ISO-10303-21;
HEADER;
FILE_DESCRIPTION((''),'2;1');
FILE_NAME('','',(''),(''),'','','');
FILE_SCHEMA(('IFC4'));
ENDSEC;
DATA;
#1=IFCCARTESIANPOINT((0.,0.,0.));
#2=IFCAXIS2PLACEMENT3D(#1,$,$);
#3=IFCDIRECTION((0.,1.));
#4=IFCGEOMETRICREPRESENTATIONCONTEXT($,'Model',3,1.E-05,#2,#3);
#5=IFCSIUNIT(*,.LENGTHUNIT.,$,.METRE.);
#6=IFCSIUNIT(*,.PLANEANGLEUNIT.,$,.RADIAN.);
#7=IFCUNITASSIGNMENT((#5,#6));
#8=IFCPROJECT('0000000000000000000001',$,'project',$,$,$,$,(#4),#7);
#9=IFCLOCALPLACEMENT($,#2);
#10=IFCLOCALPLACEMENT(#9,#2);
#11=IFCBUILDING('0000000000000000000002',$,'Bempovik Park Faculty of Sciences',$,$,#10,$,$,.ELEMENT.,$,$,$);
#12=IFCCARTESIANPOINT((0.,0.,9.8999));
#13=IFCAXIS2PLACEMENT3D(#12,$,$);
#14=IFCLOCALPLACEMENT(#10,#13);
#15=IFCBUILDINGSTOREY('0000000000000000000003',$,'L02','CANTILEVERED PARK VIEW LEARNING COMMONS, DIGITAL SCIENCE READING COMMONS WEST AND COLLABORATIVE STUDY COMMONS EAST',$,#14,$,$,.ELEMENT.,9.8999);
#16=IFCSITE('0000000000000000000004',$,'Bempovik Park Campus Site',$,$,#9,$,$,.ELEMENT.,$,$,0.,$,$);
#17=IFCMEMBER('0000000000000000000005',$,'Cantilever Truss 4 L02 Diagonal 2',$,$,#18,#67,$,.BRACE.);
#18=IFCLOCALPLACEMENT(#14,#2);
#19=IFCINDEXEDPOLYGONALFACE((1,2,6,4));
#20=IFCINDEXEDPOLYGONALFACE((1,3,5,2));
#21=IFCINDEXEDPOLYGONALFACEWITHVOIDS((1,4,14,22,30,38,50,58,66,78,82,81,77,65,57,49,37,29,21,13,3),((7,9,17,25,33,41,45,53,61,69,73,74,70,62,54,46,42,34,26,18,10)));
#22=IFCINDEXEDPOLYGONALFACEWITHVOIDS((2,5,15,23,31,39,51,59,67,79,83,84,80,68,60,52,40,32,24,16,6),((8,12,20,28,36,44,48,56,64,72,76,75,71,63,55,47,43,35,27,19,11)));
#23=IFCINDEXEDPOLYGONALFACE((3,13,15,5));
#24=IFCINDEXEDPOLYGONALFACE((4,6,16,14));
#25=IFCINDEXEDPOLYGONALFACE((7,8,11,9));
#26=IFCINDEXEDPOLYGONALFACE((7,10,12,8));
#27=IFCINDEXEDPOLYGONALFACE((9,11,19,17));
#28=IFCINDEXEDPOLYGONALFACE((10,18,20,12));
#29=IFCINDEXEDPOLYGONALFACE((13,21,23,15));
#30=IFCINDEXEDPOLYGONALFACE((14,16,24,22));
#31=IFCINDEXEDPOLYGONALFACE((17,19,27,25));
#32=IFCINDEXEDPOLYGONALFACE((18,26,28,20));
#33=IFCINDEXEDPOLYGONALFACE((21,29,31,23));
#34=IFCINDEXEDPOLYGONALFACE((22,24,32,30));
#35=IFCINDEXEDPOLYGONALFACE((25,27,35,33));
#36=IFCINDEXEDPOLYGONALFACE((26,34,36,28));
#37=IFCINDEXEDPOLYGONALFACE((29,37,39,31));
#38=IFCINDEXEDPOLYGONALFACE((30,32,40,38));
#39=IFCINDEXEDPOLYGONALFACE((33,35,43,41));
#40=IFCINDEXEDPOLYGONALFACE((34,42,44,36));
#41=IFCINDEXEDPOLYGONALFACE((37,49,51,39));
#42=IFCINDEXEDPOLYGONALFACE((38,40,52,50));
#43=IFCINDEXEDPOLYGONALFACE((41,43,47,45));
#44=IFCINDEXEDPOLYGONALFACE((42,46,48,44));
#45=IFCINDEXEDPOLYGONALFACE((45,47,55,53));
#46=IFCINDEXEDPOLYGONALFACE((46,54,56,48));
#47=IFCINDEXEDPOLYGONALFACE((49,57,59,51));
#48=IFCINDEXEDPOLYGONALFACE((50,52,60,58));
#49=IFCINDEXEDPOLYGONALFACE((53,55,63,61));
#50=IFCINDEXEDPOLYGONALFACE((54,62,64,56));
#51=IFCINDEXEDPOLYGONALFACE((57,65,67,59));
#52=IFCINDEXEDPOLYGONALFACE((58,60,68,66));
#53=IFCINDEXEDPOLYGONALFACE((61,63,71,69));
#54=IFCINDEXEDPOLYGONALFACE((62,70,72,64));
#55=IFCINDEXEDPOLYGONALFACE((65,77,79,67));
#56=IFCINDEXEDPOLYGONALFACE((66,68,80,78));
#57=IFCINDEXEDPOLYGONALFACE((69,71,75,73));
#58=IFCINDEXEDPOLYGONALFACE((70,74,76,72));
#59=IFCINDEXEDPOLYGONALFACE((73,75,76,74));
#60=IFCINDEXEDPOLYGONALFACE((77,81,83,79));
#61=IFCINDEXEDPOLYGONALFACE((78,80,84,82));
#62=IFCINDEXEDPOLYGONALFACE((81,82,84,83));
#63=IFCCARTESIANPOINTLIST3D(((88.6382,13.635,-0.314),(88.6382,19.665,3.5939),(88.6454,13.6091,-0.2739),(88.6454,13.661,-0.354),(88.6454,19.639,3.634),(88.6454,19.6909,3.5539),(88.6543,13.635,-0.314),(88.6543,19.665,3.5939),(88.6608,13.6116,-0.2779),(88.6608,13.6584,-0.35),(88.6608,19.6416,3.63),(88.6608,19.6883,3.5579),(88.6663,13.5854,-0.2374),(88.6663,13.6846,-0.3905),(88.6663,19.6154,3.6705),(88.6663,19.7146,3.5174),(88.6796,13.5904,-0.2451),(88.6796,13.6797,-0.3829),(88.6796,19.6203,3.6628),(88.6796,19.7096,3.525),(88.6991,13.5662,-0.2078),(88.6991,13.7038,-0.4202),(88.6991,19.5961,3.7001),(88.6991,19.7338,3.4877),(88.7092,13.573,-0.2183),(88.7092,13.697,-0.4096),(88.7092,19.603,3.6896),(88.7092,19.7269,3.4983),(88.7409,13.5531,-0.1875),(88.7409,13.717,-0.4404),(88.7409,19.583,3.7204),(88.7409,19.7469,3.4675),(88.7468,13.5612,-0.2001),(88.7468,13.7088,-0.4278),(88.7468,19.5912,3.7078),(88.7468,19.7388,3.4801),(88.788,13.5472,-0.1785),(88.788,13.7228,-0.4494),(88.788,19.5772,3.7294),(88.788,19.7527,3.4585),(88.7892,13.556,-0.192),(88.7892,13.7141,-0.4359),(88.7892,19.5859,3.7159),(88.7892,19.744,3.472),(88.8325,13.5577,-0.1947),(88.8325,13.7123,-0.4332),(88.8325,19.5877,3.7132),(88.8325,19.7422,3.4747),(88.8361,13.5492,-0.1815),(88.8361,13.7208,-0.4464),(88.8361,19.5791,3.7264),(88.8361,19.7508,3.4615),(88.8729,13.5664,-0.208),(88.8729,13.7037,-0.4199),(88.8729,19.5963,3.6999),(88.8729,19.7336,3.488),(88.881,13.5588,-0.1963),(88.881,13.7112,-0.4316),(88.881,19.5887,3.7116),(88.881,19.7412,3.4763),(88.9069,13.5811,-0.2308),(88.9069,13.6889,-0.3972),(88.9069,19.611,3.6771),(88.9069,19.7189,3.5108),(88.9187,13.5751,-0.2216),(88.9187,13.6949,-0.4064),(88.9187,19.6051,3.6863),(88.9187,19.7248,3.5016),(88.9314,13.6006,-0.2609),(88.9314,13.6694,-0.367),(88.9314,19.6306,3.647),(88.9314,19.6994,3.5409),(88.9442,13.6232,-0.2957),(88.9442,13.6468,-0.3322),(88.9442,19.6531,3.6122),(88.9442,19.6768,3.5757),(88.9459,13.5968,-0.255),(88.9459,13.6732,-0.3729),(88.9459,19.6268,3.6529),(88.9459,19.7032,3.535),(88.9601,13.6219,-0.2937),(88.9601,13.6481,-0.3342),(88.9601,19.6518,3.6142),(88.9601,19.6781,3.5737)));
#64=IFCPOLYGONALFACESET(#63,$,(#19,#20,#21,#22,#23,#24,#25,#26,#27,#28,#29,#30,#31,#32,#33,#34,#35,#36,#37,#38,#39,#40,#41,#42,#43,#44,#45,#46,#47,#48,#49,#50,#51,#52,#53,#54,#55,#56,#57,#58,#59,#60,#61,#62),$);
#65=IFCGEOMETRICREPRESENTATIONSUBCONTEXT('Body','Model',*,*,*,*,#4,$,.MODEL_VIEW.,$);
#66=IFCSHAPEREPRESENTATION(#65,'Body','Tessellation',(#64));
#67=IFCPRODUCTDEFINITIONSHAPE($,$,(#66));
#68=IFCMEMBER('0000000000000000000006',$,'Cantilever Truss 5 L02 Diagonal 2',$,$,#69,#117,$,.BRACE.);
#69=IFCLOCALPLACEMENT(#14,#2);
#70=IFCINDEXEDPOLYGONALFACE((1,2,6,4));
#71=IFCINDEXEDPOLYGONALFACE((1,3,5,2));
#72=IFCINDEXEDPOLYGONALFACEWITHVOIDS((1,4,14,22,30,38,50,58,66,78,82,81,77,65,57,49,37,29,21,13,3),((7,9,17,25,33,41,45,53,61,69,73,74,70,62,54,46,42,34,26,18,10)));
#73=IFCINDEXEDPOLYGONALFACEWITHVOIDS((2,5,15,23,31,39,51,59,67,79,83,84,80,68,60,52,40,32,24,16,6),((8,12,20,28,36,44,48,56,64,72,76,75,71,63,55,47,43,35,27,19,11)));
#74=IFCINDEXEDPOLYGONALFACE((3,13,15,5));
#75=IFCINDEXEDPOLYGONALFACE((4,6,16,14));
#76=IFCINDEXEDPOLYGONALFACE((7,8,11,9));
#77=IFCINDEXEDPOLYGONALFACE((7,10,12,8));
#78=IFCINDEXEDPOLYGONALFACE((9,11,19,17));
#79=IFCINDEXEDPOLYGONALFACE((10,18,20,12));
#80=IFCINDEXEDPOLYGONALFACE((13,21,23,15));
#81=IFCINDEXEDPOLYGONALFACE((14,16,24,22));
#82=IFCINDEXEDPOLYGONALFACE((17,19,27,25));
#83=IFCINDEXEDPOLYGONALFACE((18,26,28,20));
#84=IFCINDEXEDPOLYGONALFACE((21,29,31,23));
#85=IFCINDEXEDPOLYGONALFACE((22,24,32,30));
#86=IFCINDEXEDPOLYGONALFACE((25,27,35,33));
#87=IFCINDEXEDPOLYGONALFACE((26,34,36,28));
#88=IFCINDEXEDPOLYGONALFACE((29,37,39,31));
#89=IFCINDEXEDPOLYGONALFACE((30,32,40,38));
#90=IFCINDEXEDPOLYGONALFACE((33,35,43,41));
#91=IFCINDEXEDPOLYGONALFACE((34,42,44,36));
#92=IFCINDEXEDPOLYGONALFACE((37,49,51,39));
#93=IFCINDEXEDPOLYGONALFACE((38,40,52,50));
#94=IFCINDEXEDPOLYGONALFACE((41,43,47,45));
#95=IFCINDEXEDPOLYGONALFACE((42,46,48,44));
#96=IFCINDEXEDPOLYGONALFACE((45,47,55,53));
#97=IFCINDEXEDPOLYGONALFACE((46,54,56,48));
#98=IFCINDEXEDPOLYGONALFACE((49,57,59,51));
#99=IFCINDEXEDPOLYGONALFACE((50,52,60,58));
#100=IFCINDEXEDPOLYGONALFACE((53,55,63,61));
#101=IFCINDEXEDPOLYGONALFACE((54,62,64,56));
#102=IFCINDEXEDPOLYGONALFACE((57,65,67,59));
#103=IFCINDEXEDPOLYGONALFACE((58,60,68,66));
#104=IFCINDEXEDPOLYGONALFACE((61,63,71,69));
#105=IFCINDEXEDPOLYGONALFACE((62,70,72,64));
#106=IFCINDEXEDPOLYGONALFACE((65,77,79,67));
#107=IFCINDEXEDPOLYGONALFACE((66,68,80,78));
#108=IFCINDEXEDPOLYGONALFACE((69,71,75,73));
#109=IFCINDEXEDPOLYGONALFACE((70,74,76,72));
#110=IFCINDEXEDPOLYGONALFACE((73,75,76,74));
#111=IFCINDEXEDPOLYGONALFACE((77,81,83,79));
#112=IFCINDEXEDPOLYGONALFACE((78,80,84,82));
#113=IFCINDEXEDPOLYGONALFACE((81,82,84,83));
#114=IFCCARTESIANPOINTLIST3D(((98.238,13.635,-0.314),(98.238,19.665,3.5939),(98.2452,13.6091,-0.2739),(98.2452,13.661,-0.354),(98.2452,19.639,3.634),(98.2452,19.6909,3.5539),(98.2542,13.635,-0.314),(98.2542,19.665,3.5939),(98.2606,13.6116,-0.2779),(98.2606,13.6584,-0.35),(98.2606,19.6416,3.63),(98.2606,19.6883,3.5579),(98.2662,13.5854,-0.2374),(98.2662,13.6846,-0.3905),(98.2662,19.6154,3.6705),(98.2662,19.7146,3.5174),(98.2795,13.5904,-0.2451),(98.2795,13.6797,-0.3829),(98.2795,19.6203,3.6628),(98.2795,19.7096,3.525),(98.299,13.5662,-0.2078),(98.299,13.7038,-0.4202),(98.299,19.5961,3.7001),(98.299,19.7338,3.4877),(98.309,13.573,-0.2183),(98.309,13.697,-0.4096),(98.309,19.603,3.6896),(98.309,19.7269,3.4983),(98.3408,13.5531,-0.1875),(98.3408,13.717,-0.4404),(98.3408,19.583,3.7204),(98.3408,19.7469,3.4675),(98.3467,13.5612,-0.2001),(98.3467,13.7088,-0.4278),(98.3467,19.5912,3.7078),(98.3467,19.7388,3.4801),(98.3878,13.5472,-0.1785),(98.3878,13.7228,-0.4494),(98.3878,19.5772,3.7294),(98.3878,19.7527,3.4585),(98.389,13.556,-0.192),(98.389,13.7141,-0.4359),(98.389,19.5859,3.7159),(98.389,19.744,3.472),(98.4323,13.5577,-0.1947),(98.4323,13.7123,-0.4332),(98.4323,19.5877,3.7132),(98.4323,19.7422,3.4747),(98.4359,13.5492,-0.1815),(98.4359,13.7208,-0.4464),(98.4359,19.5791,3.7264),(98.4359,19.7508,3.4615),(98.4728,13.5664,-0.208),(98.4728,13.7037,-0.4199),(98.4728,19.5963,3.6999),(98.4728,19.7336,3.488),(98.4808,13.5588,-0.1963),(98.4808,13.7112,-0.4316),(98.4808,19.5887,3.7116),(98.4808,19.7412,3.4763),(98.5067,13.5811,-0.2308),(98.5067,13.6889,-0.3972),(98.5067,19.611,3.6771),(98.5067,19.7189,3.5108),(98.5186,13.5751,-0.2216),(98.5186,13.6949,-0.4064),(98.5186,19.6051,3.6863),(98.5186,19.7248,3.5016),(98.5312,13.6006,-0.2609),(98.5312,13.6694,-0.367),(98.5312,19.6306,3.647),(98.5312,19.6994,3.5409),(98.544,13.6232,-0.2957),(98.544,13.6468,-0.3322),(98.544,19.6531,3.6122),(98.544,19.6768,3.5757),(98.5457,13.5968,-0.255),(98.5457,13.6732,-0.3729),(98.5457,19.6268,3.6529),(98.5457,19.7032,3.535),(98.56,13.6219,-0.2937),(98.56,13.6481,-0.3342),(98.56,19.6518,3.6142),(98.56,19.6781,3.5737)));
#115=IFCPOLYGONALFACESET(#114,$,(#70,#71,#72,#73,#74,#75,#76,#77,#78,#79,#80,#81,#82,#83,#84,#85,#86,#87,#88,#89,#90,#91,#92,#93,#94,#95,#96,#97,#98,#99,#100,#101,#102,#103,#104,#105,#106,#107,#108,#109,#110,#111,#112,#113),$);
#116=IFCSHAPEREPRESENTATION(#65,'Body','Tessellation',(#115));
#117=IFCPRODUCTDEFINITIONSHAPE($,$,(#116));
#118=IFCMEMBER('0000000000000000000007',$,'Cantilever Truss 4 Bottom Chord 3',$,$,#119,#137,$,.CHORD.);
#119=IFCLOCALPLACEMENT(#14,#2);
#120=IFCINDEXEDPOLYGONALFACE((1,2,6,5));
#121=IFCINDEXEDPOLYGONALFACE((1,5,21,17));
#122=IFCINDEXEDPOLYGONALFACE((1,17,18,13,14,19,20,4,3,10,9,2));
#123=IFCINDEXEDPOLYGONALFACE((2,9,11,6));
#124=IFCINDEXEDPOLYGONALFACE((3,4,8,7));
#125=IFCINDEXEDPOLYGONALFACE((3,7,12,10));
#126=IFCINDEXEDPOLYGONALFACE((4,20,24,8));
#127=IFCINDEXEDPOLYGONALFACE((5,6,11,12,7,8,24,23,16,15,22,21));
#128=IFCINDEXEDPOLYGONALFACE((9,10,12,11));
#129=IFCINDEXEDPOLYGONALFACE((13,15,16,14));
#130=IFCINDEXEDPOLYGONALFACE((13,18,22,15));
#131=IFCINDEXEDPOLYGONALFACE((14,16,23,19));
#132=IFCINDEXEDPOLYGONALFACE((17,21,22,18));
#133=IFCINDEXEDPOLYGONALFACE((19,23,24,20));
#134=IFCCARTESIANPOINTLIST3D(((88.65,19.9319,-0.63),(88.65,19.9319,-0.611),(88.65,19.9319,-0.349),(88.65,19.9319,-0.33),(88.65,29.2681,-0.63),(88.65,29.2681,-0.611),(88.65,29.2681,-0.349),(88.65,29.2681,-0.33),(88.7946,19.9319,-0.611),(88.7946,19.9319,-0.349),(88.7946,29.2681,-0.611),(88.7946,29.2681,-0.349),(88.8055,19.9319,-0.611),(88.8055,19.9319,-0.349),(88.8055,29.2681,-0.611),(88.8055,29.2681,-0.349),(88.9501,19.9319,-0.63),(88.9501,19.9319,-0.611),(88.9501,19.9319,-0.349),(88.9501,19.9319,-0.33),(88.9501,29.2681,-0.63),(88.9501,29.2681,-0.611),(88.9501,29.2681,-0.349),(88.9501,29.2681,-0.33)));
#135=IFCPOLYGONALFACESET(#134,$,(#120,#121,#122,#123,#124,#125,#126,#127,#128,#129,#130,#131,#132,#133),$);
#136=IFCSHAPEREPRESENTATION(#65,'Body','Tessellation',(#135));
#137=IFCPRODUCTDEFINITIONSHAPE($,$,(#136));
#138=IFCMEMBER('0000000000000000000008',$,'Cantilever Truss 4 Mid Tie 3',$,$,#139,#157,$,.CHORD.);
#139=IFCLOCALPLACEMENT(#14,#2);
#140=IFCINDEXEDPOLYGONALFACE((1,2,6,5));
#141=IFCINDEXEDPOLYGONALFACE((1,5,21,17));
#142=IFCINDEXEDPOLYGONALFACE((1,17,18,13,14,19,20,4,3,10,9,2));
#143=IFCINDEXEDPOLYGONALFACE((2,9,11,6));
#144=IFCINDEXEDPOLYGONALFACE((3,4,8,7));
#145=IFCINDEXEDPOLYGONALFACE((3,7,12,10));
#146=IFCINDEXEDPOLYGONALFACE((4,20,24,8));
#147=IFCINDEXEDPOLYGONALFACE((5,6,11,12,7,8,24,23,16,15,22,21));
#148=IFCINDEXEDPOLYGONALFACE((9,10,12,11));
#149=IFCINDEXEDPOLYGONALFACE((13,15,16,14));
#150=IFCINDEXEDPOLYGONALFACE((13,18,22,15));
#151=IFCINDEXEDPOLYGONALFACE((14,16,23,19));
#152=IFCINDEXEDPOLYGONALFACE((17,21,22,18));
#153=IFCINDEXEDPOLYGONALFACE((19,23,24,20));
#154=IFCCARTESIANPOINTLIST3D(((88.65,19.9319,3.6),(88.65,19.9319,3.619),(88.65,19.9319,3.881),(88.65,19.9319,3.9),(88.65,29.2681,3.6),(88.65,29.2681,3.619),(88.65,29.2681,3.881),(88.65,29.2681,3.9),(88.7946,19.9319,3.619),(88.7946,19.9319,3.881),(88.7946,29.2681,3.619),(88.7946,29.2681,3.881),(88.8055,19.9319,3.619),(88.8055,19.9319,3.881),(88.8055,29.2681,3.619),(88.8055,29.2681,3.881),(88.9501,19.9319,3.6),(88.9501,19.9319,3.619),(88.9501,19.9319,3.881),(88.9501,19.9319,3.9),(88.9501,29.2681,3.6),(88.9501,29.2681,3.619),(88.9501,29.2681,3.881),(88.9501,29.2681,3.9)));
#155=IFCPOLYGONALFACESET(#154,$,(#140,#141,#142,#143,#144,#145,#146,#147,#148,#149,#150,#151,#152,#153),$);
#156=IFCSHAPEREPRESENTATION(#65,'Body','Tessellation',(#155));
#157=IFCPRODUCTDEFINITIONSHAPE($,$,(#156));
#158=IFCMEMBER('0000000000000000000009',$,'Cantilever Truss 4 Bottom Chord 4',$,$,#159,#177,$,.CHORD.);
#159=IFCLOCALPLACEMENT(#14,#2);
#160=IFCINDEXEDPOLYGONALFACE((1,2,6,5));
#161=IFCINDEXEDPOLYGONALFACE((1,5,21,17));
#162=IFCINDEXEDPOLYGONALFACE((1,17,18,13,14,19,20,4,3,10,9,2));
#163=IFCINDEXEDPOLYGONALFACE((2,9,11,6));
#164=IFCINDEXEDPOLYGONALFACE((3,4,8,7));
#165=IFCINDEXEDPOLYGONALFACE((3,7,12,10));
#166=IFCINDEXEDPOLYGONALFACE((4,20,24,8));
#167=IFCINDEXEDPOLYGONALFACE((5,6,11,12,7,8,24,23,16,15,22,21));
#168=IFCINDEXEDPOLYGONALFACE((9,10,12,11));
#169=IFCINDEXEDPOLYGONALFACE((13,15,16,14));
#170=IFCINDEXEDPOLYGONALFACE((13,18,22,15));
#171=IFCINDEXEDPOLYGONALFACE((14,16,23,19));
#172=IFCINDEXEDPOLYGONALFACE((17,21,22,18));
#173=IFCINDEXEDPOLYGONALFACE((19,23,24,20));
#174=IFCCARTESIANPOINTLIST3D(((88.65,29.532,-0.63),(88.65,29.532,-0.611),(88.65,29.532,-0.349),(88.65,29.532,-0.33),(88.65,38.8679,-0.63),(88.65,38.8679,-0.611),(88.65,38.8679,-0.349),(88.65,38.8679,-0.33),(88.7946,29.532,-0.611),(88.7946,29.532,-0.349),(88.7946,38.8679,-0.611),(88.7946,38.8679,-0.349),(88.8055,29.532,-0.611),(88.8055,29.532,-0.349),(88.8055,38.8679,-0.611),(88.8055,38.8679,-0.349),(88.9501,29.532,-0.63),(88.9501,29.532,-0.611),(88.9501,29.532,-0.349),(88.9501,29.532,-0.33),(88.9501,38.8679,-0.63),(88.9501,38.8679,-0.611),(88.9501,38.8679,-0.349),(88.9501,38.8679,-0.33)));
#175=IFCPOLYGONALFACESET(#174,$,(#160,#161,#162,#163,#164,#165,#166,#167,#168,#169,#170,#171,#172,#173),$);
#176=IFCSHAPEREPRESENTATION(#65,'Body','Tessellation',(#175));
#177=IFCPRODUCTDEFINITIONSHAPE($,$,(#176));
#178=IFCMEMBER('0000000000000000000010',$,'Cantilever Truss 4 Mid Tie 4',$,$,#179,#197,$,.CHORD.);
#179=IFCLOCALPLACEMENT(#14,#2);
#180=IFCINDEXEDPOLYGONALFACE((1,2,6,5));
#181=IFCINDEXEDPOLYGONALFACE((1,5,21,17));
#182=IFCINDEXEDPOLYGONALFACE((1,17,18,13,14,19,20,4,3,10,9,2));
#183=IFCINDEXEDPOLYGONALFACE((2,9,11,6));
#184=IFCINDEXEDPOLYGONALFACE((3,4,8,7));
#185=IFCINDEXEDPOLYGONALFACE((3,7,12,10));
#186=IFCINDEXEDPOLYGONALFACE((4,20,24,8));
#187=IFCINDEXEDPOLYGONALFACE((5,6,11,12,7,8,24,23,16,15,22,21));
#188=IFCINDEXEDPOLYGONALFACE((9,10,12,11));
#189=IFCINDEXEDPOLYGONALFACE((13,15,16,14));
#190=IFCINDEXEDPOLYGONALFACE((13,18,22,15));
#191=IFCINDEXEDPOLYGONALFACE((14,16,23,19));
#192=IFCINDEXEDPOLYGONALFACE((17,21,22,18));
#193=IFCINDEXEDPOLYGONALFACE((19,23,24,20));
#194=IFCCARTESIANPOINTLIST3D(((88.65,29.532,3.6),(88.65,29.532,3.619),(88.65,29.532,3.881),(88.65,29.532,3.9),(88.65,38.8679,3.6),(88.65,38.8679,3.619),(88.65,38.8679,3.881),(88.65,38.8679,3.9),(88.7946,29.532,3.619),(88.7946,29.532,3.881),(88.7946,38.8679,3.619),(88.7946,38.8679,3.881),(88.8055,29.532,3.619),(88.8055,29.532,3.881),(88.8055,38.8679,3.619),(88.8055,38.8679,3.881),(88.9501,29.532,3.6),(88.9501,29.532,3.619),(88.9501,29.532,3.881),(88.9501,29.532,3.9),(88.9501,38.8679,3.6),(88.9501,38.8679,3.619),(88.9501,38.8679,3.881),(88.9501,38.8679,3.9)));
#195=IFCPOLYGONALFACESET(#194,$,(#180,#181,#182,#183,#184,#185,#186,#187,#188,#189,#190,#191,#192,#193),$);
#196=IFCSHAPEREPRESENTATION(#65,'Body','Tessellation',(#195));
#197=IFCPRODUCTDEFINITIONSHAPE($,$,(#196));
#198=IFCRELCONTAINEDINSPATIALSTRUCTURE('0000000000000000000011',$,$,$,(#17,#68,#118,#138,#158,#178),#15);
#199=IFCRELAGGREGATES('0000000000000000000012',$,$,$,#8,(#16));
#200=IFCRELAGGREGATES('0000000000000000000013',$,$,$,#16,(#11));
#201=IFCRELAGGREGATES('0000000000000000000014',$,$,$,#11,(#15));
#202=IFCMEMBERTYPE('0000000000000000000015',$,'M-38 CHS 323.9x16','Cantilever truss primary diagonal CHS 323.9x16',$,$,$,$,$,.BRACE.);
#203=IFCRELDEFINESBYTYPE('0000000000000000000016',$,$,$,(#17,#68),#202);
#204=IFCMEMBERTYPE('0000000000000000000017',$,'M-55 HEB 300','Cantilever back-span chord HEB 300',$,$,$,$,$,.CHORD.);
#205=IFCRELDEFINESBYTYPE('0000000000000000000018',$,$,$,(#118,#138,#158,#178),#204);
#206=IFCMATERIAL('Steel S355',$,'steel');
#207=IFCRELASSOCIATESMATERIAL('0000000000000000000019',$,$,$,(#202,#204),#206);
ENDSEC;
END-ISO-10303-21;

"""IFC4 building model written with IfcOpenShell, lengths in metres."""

from ifc_helpers import new_model, si_unit, direction, frame, origin, origin_2d, place, context, subcontext, project, spatial, hollow_circle, i_section, extrude, material, material_profile, profile_set, type_object, element, save


model = new_model("IFC4")

# Units and contexts
model_context = context("Model", 3, precision=1e-05, world=origin(), true_north=direction((0.0, 1.0)))
body_context = subcontext(model_context, "Body", "Model", "MODEL_VIEW")
ifc_project = project(units=[si_unit("LENGTHUNIT", "METRE"), si_unit("PLANEANGLEUNIT", "RADIAN")], contexts=[model_context])

# Site, building, storey
site_placement = place(None, origin())
site = spatial("IfcSite", under=ifc_project, at=site_placement, Name="Bempovik Park Campus Site", CompositionType="ELEMENT", RefElevation=0.0)
building_placement = place(site_placement, origin())
building = spatial("IfcBuilding", under=site, at=building_placement, Name="Bempovik Park Faculty of Sciences", CompositionType="ELEMENT")
storey_placement = place(building_placement, frame((0.0, 0.0, 9.8999)))
storey = spatial("IfcBuildingStorey", under=building, at=storey_placement, Name="L02", Description="CANTILEVERED PARK VIEW LEARNING COMMONS, DIGITAL SCIENCE READING COMMONS WEST AND COLLABORATIVE STUDY COMMONS EAST", CompositionType="ELEMENT", Elevation=9.8999)

# Shared definitions
ifc_material_1 = material(Name="Steel S355", Category="steel")

# Members
ifc_material_profile_1 = material_profile(ifc_material_1, hollow_circle(Radius=0.1619, WallThickness=0.0161, at=origin_2d()), Name="CHS 323.9x16")
ifc_profile_set_1 = profile_set([ifc_material_profile_1], Name="Steel S355")
member_type_1 = type_object("IfcMemberType", Name="M-38 CHS 323.9x16", Description="Cantilever truss primary diagonal CHS 323.9x16", PredefinedType="BRACE", material=ifc_profile_set_1)
for number, where, z_axis, x_axis, name in (
    (1, (88.8, 13.635, -0.314), (0.0, 0.839178, 0.543857), (-1.0, 0.0, 0.0), "Cantilever Truss 4 L02 Diagonal 2"),
    (2, (98.3999, 13.635, -0.314), (0.0, 0.839178, 0.543857), (-1.0, 0.0, 0.0), "Cantilever Truss 5 L02 Diagonal 2"),
):
    element("IfcMember", number, at=place(storey_placement, frame(where, z_axis=z_axis, x_axis=x_axis)), inside=storey, type_object=member_type_1, Name=name, PredefinedType="BRACE", context=body_context, shape_type="SweptSolid", body=[
        extrude(hollow_circle(Radius=0.1619, WallThickness=0.0161, at=origin_2d()), origin(), (0.0, 0.0, 1.0), 7.1855),
    ])
ifc_material_profile_2 = material_profile(ifc_material_1, i_section(OverallWidth=0.3, OverallDepth=0.3, WebThickness=0.011, FlangeThickness=0.019, at=origin_2d()), Name="HEB 300")
ifc_profile_set_2 = profile_set([ifc_material_profile_2], Name="Steel S355")
member_type_2 = type_object("IfcMemberType", Name="M-55 HEB 300", Description="Cantilever back-span chord HEB 300", PredefinedType="CHORD", material=ifc_profile_set_2)
for number, where, z_axis, x_axis, name in (
    (3, (88.8, 19.9319, -0.48), (0.0, 1.0, 0.0), (-1.0, 0.0, 0.0), "Cantilever Truss 4 Bottom Chord 3"),
    (4, (88.8, 19.9319, 3.75), (0.0, 1.0, 0.0), (-1.0, 0.0, 0.0), "Cantilever Truss 4 Mid Tie 3"),
):
    element("IfcMember", number, at=place(storey_placement, frame(where, z_axis=z_axis, x_axis=x_axis)), inside=storey, type_object=member_type_2, Name=name, PredefinedType="CHORD", context=body_context, shape_type="SweptSolid", body=[
        extrude(i_section(OverallWidth=0.3, OverallDepth=0.3, WebThickness=0.011, FlangeThickness=0.019, at=origin_2d()), origin(), (0.0, 0.0, 1.0), 9.3362),
    ])
for number, where, z_axis, x_axis, name in (
    (5, (88.8, 29.532, -0.48), (0.0, 1.0, 0.0), (-1.0, 0.0, 0.0), "Cantilever Truss 4 Bottom Chord 4"),
    (6, (88.8, 29.532, 3.75), (0.0, 1.0, 0.0), (-1.0, 0.0, 0.0), "Cantilever Truss 4 Mid Tie 4"),
):
    element("IfcMember", number, at=place(storey_placement, frame(where, z_axis=z_axis, x_axis=x_axis)), inside=storey, type_object=member_type_2, Name=name, PredefinedType="CHORD", context=body_context, shape_type="SweptSolid", body=[
        extrude(i_section(OverallWidth=0.3, OverallDepth=0.3, WebThickness=0.011, FlangeThickness=0.019, at=origin_2d()), origin(), (0.0, 0.0, 1.0), 9.3359),
    ])

save(model, "model.ifc")
